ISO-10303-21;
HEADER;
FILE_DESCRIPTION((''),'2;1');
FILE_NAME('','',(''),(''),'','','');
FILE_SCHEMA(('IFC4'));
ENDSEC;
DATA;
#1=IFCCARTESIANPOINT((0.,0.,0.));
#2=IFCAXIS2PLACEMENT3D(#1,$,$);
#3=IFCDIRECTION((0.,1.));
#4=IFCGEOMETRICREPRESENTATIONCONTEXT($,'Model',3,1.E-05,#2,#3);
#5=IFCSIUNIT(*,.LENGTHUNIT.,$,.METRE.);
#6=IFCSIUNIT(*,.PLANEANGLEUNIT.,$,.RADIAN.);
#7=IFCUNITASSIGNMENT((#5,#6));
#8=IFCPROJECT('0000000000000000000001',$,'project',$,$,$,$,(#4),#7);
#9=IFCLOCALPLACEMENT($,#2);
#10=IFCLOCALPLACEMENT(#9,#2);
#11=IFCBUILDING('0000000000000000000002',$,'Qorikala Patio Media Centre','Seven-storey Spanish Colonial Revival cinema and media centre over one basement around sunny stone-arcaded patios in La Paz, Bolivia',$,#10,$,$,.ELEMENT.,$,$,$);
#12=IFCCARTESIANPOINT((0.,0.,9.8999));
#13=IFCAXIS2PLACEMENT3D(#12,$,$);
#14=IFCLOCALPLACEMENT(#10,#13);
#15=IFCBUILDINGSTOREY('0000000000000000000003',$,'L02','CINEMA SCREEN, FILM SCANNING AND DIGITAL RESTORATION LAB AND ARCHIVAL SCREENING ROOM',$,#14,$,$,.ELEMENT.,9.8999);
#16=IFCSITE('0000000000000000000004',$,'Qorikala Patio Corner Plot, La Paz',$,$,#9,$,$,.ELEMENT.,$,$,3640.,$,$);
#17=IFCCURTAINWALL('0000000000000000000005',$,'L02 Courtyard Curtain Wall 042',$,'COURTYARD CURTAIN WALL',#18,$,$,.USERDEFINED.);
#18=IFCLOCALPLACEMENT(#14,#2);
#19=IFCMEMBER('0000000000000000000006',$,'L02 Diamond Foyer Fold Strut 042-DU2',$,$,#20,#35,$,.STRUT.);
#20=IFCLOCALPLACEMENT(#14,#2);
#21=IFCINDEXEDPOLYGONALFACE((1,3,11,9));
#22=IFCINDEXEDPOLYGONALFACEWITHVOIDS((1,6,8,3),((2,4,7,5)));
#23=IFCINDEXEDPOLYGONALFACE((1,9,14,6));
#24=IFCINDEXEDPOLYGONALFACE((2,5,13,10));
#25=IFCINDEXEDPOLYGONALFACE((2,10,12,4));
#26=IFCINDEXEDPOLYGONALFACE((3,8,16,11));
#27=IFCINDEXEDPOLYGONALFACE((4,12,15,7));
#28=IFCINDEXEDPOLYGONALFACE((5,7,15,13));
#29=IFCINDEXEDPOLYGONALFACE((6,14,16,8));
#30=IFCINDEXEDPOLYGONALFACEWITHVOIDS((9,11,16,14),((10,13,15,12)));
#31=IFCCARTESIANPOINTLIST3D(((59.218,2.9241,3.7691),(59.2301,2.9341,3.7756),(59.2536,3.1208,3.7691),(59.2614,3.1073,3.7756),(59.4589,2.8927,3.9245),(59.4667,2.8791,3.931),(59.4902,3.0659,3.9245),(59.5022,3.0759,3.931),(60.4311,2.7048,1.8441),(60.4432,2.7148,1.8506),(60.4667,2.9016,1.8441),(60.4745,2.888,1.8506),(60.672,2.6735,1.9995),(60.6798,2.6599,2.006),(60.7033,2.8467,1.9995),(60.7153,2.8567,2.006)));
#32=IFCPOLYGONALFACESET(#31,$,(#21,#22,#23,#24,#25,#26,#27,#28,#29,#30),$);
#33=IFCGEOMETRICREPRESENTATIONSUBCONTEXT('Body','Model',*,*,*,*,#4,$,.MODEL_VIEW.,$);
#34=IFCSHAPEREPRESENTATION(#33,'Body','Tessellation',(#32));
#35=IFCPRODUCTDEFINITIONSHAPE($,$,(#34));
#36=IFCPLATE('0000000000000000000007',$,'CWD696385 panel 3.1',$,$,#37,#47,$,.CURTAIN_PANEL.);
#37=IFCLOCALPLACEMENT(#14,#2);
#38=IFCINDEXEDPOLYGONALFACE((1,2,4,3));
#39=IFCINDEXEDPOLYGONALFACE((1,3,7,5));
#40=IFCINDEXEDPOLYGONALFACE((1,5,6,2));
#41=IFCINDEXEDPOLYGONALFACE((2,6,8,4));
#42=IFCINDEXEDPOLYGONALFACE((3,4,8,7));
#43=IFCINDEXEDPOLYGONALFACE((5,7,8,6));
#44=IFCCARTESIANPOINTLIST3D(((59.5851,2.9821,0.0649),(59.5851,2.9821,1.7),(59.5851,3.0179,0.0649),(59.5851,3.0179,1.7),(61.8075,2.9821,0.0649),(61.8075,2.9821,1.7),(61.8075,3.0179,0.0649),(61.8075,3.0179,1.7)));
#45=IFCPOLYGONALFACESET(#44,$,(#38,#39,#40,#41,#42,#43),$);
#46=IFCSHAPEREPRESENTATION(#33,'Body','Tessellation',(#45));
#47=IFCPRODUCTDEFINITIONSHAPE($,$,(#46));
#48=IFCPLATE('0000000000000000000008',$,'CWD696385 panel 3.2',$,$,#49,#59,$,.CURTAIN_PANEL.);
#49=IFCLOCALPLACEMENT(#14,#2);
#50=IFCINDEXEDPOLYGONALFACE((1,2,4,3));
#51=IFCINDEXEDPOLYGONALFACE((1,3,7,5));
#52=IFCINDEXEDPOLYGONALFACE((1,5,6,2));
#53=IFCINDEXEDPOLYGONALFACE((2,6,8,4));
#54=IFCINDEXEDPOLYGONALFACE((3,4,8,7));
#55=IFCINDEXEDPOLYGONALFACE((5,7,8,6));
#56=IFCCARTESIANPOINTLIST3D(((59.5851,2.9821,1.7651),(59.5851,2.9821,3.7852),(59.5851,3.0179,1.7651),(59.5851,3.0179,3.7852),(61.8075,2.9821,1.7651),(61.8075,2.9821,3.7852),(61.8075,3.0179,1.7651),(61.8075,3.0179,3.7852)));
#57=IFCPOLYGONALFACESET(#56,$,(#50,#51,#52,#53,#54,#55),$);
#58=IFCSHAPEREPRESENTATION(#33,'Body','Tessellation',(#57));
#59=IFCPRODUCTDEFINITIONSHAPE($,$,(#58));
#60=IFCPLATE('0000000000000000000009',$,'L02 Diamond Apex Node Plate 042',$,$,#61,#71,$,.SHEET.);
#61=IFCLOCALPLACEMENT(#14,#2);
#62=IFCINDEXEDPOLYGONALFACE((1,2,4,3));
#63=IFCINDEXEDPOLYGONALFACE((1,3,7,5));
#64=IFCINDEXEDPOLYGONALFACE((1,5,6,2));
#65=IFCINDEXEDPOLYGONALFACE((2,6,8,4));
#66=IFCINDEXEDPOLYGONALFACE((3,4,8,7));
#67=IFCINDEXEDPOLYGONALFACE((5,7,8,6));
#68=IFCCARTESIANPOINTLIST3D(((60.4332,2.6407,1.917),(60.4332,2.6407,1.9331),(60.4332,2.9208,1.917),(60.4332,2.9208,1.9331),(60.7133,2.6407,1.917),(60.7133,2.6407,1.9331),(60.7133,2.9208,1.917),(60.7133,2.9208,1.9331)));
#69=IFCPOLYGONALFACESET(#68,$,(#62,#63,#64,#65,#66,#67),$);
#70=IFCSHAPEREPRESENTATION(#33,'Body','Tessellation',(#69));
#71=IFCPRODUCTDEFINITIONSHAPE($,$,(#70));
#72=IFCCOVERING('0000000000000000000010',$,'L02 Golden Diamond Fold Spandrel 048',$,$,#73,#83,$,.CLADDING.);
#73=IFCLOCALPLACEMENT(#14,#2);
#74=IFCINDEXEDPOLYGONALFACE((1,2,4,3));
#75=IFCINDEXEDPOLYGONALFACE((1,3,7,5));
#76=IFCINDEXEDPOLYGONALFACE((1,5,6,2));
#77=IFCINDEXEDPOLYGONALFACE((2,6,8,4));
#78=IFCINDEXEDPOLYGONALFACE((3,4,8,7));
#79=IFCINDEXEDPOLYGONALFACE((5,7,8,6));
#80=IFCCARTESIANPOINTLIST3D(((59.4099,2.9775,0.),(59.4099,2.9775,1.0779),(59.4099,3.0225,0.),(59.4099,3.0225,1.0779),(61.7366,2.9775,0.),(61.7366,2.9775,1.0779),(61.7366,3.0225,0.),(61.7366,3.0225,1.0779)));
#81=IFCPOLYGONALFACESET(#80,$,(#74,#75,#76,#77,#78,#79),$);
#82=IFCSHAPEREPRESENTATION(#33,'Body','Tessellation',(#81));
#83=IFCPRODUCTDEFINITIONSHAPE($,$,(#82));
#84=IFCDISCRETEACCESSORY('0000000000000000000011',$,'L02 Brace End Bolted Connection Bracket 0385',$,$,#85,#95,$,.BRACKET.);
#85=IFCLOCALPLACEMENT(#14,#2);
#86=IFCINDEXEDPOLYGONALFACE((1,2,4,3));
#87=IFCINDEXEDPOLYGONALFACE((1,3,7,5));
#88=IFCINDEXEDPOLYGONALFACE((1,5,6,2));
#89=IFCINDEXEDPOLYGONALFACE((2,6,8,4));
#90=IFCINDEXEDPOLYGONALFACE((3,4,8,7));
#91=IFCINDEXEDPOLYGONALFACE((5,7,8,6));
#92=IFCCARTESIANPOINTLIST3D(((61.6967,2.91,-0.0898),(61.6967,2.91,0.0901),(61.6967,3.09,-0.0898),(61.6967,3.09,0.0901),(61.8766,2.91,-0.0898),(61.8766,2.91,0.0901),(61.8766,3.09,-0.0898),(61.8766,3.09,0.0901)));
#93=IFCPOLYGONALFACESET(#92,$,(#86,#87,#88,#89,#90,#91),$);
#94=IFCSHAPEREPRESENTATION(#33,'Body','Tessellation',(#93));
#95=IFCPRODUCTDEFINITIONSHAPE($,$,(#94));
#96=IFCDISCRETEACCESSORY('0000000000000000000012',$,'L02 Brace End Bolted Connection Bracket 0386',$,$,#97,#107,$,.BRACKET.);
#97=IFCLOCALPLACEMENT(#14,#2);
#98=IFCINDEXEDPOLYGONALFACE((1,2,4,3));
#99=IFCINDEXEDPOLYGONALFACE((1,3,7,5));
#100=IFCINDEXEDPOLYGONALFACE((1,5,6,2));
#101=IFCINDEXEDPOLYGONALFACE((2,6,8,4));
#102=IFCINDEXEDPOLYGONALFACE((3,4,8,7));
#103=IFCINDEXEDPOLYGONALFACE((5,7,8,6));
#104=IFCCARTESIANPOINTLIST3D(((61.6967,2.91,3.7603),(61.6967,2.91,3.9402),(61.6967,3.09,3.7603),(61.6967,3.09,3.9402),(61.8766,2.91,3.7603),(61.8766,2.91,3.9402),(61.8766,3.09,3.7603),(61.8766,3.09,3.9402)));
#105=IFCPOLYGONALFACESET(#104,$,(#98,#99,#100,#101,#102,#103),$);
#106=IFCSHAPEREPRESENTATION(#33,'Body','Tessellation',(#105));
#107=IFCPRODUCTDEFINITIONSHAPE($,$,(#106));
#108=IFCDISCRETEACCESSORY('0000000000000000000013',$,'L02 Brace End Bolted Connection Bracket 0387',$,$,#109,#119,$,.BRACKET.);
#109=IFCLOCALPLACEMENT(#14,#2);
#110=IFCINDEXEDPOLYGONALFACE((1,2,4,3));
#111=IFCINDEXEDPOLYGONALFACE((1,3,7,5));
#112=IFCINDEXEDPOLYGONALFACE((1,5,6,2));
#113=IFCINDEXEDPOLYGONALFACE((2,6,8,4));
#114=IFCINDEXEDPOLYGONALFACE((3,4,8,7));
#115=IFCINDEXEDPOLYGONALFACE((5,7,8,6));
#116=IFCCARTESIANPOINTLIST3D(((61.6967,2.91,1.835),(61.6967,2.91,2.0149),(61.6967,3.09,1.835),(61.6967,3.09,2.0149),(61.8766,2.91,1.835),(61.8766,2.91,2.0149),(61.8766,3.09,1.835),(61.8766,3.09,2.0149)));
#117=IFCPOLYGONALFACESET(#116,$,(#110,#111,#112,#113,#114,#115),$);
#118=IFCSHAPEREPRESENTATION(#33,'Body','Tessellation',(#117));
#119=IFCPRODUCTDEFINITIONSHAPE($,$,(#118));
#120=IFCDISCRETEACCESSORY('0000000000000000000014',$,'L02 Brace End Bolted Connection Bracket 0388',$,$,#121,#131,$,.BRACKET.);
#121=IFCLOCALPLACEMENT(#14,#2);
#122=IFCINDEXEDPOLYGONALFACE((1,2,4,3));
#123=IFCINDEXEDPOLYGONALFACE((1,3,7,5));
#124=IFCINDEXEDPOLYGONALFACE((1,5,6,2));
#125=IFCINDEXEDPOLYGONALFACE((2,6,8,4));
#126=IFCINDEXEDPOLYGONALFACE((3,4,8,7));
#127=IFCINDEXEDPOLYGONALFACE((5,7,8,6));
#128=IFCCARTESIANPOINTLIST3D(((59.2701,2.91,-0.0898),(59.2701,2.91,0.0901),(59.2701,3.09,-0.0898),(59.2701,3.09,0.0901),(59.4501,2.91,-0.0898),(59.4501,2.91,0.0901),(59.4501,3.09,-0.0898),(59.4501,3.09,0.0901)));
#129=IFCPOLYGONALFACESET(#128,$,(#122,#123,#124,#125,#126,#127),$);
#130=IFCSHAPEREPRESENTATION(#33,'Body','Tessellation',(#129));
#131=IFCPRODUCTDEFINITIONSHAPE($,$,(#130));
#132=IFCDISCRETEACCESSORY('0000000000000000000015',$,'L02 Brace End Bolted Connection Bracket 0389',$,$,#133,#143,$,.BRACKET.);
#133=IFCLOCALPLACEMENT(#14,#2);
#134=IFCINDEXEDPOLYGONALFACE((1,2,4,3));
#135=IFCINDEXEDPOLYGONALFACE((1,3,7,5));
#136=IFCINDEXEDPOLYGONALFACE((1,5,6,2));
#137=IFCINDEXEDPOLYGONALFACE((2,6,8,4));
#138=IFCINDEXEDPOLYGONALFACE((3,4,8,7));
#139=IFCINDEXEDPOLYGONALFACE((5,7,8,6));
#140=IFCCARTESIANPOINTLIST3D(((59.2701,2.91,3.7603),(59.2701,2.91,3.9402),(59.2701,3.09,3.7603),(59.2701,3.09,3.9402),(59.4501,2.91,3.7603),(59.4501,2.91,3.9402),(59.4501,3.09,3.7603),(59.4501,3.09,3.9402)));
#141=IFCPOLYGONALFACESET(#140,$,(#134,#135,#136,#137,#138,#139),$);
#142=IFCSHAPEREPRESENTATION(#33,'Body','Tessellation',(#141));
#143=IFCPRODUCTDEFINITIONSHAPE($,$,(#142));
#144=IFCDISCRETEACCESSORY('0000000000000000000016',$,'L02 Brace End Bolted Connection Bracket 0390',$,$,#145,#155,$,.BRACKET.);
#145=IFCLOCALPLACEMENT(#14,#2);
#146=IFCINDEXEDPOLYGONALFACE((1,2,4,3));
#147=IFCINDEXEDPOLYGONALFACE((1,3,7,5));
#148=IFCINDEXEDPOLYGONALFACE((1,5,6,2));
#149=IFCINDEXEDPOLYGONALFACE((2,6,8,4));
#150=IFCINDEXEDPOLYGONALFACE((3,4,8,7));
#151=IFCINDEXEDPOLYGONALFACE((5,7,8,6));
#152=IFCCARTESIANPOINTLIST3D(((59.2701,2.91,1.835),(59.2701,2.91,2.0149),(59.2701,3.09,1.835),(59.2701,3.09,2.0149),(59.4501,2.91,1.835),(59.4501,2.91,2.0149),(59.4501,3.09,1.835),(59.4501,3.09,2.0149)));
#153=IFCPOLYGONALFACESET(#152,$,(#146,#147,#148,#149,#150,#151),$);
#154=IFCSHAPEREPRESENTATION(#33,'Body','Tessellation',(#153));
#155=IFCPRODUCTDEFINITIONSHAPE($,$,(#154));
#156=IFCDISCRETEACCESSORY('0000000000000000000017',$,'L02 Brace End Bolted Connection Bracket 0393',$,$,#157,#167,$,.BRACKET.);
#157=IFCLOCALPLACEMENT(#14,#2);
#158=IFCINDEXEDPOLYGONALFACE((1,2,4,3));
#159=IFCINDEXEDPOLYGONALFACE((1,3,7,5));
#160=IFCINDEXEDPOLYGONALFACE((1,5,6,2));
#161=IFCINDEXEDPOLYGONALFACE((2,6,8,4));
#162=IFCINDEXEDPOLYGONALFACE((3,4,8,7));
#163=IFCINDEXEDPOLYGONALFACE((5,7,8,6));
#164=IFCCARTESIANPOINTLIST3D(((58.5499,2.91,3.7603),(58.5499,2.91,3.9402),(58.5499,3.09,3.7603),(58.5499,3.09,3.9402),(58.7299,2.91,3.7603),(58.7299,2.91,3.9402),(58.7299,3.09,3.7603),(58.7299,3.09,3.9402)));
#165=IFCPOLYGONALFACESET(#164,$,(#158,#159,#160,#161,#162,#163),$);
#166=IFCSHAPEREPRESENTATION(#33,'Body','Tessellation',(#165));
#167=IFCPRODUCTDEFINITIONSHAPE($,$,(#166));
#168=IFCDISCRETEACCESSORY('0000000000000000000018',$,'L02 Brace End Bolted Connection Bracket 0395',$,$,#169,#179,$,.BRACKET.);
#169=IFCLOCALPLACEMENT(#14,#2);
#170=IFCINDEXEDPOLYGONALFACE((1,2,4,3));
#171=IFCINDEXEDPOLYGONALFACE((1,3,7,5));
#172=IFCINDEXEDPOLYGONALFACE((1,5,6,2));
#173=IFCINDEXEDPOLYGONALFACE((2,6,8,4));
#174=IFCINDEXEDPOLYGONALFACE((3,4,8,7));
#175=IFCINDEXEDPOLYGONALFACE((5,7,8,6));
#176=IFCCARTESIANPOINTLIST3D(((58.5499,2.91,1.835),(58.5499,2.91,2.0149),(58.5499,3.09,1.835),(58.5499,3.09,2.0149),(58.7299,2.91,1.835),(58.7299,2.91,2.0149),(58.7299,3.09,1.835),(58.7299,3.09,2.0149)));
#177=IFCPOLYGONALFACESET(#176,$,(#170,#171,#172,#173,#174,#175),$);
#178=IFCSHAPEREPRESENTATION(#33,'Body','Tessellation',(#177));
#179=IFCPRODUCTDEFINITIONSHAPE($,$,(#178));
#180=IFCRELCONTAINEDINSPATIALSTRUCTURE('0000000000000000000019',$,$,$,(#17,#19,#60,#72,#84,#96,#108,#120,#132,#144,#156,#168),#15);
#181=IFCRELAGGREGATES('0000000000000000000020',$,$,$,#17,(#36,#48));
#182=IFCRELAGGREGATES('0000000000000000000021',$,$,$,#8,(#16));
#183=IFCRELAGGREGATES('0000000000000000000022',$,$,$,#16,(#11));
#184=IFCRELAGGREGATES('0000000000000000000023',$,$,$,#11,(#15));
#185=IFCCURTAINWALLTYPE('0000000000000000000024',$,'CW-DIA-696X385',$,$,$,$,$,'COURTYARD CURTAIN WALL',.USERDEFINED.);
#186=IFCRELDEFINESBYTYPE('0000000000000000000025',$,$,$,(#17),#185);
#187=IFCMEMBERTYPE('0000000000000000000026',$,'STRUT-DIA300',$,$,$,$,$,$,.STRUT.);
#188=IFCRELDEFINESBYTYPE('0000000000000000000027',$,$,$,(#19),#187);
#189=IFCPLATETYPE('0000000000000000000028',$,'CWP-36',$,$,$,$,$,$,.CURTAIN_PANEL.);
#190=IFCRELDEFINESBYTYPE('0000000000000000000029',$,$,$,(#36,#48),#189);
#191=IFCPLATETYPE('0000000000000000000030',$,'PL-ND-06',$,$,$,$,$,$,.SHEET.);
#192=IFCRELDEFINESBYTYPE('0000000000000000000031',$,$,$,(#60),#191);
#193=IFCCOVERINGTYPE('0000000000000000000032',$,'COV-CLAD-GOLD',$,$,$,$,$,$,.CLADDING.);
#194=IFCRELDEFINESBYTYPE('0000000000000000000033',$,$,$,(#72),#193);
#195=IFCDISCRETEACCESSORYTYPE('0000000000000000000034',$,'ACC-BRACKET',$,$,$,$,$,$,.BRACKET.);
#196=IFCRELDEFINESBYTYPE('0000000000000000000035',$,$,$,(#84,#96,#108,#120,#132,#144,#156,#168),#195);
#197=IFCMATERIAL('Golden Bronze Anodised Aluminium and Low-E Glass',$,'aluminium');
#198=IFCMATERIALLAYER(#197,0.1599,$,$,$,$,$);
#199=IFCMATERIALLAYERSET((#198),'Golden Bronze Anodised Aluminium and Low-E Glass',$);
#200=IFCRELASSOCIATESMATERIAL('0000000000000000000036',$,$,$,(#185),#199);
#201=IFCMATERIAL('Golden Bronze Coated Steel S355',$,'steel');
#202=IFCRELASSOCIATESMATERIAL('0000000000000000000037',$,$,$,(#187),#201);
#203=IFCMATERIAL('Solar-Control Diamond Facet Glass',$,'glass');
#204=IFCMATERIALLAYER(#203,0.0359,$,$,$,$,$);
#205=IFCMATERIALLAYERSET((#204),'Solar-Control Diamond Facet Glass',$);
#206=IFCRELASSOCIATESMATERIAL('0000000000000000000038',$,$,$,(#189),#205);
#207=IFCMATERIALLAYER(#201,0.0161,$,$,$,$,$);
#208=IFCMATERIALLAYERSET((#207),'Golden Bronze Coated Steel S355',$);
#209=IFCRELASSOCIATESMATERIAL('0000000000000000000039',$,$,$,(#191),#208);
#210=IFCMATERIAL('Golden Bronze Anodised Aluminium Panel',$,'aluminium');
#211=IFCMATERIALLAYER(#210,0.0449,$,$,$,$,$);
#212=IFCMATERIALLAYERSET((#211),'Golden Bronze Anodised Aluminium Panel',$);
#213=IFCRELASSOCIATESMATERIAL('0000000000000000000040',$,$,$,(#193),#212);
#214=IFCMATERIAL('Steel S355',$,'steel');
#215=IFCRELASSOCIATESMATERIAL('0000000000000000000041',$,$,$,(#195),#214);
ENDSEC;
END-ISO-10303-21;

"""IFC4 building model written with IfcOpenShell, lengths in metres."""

from ifc_helpers import new_model, si_unit, direction, frame, origin, origin_2d, place, context, subcontext, project, spatial, rectangle, hollow_rectangle, extrude, material, layer, layer_set, material_profile, profile_set, type_object, element, aggregate, save


model = new_model("IFC4")

# Units and contexts
model_context = context("Model", 3, precision=1e-05, world=origin(), true_north=direction((0.0, 1.0)))
body_context = subcontext(model_context, "Body", "Model", "MODEL_VIEW")
ifc_project = project(units=[si_unit("LENGTHUNIT", "METRE"), si_unit("PLANEANGLEUNIT", "RADIAN")], contexts=[model_context])

# Site, building, storey
site_placement = place(None, origin())
site = spatial("IfcSite", under=ifc_project, at=site_placement, Name="Qorikala Patio Corner Plot, La Paz", CompositionType="ELEMENT", RefElevation=3640.0)
building_placement = place(site_placement, origin())
building = spatial("IfcBuilding", under=site, at=building_placement, Name="Qorikala Patio Media Centre", Description="Seven-storey Spanish Colonial Revival cinema and media centre over one basement around sunny stone-arcaded patios in La Paz, Bolivia", CompositionType="ELEMENT")
storey_placement = place(building_placement, frame((0.0, 0.0, 9.8999)))
storey = spatial("IfcBuildingStorey", under=building, at=storey_placement, Name="L02", Description="CINEMA SCREEN, FILM SCANNING AND DIGITAL RESTORATION LAB AND ARCHIVAL SCREENING ROOM", CompositionType="ELEMENT", Elevation=9.8999)

# Shared definitions
ifc_material_1 = material(Name="Golden Bronze Coated Steel S355", Category="steel")

# Curtain wall
ifc_material_2 = material(Name="Golden Bronze Anodised Aluminium and Low-E Glass", Category="aluminium")
ifc_layer_1 = layer(ifc_material_2, 0.1599)
ifc_layer_set_1 = layer_set([ifc_layer_1], Name="Golden Bronze Anodised Aluminium and Low-E Glass")
curtain_wall_type = type_object("IfcCurtainWallType", Name="CW-DIA-696X385", ElementType="COURTYARD CURTAIN WALL", PredefinedType="USERDEFINED", material=ifc_layer_set_1)
curtain_wall_placement = place(storey_placement, origin())
curtain_wall = element("IfcCurtainWall", 1, at=curtain_wall_placement, inside=storey, type_object=curtain_wall_type, Name="L02 Courtyard Curtain Wall 042", ObjectType="COURTYARD CURTAIN WALL", PredefinedType="USERDEFINED")

# Member
ifc_material_profile_1 = material_profile(ifc_material_1, hollow_rectangle(XDim=0.2, YDim=0.3, WallThickness=0.012, at=origin_2d()), Name="HSS300X200X12")
ifc_profile_set_1 = profile_set([ifc_material_profile_1], Name="Golden Bronze Coated Steel S355")
member_type_1 = type_object("IfcMemberType", Name="STRUT-DIA300", PredefinedType="STRUT", material=ifc_profile_set_1)
member_1_placement = place(storey_placement, frame((60.5732, 2.7808, 1.925), z_axis=(-0.530691, 0.095907, 0.842121), x_axis=(-0.17784, -0.984059, 0.0)))
element("IfcMember", 2, at=member_1_placement, inside=storey, type_object=member_type_1, Name="L02 Diamond Foyer Fold Strut 042-DU2", PredefinedType="STRUT", context=body_context, shape_type="SweptSolid", body=[
    extrude(hollow_rectangle(XDim=0.2, YDim=0.3, WallThickness=0.012, at=origin_2d()), origin(), (0.0, 0.0, 1.0), 2.2859),
])

# Plates
ifc_material_3 = material(Name="Solar-Control Diamond Facet Glass", Category="glass")
ifc_layer_2 = layer(ifc_material_3, 0.0359)
ifc_layer_set_2 = layer_set([ifc_layer_2], Name="Solar-Control Diamond Facet Glass")
plate_type_1 = type_object("IfcPlateType", Name="CWP-36", PredefinedType="CURTAIN_PANEL", material=ifc_layer_set_2)
plate_1_placement = place(storey_placement, frame((60.6963, 3.0, 0.0649), z_axis=(0.0, 0.0, 1.0), x_axis=(-1.0, 0.0, 0.0)))
plate_1 = element("IfcPlate", 3, at=plate_1_placement, type_object=plate_type_1, Name="CWD696385 panel 3.1", PredefinedType="CURTAIN_PANEL", context=body_context, shape_type="SweptSolid", body=[
    extrude(rectangle(XDim=2.2224, YDim=0.0359, at=origin_2d()), origin(), (0.0, 0.0, 1.0), 1.635),
])
plate_2_placement = place(storey_placement, frame((60.6963, 3.0, 1.7651), z_axis=(0.0, 0.0, 1.0), x_axis=(-1.0, 0.0, 0.0)))
plate_2 = element("IfcPlate", 4, at=plate_2_placement, type_object=plate_type_1, Name="CWD696385 panel 3.2", PredefinedType="CURTAIN_PANEL", context=body_context, shape_type="SweptSolid", body=[
    extrude(rectangle(XDim=2.2224, YDim=0.0359, at=origin_2d()), origin(), (0.0, 0.0, 1.0), 2.02),
])
aggregate(curtain_wall, [plate_1, plate_2])
ifc_layer_3 = layer(ifc_material_1, 0.0161)
ifc_layer_set_3 = layer_set([ifc_layer_3], Name="Golden Bronze Coated Steel S355")
plate_type_2 = type_object("IfcPlateType", Name="PL-ND-06", PredefinedType="SHEET", material=ifc_layer_set_3)
plate_3_placement = place(storey_placement, frame((60.5732, 2.7808, 1.917), z_axis=(0.0, 0.0, 1.0), x_axis=(-1.0, 0.0, 0.0)))
element("IfcPlate", 5, at=plate_3_placement, inside=storey, type_object=plate_type_2, Name="L02 Diamond Apex Node Plate 042", PredefinedType="SHEET", context=body_context, shape_type="SweptSolid", body=[
    extrude(rectangle(XDim=0.28, YDim=0.28, at=origin_2d()), origin(), (0.0, 0.0, 1.0), 0.0161),
])

# Covering
ifc_material_4 = material(Name="Golden Bronze Anodised Aluminium Panel", Category="aluminium")
ifc_layer_4 = layer(ifc_material_4, 0.0449)
ifc_layer_set_4 = layer_set([ifc_layer_4], Name="Golden Bronze Anodised Aluminium Panel")
covering_type = type_object("IfcCoveringType", Name="COV-CLAD-GOLD", PredefinedType="CLADDING", material=ifc_layer_set_4)
covering_placement = place(storey_placement, frame((60.5732, 3.0, 0.0), z_axis=(0.0, 0.0, 1.0), x_axis=(-1.0, 0.0, 0.0)))
element("IfcCovering", 6, at=covering_placement, inside=storey, type_object=covering_type, Name="L02 Golden Diamond Fold Spandrel 048", PredefinedType="CLADDING", context=body_context, shape_type="SweptSolid", body=[
    extrude(rectangle(XDim=2.3267, YDim=0.0449, at=origin_2d()), origin(), (0.0, 0.0, 1.0), 1.0779),
])

# Discrete accessories
ifc_material_5 = material(Name="Steel S355", Category="steel")
discrete_accessory_type = type_object("IfcDiscreteAccessoryType", Name="ACC-BRACKET", PredefinedType="BRACKET", material=ifc_material_5)
for number, where, z_axis, x_axis, name in (
    (7, (61.7866, 3.0, -0.0898), (0.0, 0.0, 1.0), (1.0, 0.0, 0.0), "L02 Brace End Bolted Connection Bracket 0385"),
    (8, (61.7866, 3.0, 3.7603), (0.0, 0.0, 1.0), (1.0, 0.0, 0.0), "L02 Brace End Bolted Connection Bracket 0386"),
    (9, (61.7866, 3.0, 1.835), (0.0, 0.0, 1.0), (1.0, 0.0, 0.0), "L02 Brace End Bolted Connection Bracket 0387"),
    (10, (59.3601, 3.0, -0.0898), (0.0, 0.0, 1.0), (1.0, 0.0, 0.0), "L02 Brace End Bolted Connection Bracket 0388"),
    (11, (59.3601, 3.0, 3.7603), (0.0, 0.0, 1.0), (1.0, 0.0, 0.0), "L02 Brace End Bolted Connection Bracket 0389"),
    (12, (59.3601, 3.0, 1.835), (0.0, 0.0, 1.0), (1.0, 0.0, 0.0), "L02 Brace End Bolted Connection Bracket 0390"),
    (13, (58.6399, 3.0, 3.7603), (0.0, 0.0, 1.0), (1.0, 0.0, 0.0), "L02 Brace End Bolted Connection Bracket 0393"),
    (14, (58.6399, 3.0, 1.835), (0.0, 0.0, 1.0), (1.0, 0.0, 0.0), "L02 Brace End Bolted Connection Bracket 0395"),
):
    element("IfcDiscreteAccessory", number, at=place(storey_placement, frame(where, z_axis=z_axis, x_axis=x_axis)), inside=storey, type_object=discrete_accessory_type, Name=name, PredefinedType="BRACKET", context=body_context, shape_type="SweptSolid", body=[
        extrude(rectangle(XDim=0.1799, YDim=0.1799, at=origin_2d()), origin(), (0.0, 0.0, 1.0), 0.1799),
    ])

save(model, "model.ifc")
